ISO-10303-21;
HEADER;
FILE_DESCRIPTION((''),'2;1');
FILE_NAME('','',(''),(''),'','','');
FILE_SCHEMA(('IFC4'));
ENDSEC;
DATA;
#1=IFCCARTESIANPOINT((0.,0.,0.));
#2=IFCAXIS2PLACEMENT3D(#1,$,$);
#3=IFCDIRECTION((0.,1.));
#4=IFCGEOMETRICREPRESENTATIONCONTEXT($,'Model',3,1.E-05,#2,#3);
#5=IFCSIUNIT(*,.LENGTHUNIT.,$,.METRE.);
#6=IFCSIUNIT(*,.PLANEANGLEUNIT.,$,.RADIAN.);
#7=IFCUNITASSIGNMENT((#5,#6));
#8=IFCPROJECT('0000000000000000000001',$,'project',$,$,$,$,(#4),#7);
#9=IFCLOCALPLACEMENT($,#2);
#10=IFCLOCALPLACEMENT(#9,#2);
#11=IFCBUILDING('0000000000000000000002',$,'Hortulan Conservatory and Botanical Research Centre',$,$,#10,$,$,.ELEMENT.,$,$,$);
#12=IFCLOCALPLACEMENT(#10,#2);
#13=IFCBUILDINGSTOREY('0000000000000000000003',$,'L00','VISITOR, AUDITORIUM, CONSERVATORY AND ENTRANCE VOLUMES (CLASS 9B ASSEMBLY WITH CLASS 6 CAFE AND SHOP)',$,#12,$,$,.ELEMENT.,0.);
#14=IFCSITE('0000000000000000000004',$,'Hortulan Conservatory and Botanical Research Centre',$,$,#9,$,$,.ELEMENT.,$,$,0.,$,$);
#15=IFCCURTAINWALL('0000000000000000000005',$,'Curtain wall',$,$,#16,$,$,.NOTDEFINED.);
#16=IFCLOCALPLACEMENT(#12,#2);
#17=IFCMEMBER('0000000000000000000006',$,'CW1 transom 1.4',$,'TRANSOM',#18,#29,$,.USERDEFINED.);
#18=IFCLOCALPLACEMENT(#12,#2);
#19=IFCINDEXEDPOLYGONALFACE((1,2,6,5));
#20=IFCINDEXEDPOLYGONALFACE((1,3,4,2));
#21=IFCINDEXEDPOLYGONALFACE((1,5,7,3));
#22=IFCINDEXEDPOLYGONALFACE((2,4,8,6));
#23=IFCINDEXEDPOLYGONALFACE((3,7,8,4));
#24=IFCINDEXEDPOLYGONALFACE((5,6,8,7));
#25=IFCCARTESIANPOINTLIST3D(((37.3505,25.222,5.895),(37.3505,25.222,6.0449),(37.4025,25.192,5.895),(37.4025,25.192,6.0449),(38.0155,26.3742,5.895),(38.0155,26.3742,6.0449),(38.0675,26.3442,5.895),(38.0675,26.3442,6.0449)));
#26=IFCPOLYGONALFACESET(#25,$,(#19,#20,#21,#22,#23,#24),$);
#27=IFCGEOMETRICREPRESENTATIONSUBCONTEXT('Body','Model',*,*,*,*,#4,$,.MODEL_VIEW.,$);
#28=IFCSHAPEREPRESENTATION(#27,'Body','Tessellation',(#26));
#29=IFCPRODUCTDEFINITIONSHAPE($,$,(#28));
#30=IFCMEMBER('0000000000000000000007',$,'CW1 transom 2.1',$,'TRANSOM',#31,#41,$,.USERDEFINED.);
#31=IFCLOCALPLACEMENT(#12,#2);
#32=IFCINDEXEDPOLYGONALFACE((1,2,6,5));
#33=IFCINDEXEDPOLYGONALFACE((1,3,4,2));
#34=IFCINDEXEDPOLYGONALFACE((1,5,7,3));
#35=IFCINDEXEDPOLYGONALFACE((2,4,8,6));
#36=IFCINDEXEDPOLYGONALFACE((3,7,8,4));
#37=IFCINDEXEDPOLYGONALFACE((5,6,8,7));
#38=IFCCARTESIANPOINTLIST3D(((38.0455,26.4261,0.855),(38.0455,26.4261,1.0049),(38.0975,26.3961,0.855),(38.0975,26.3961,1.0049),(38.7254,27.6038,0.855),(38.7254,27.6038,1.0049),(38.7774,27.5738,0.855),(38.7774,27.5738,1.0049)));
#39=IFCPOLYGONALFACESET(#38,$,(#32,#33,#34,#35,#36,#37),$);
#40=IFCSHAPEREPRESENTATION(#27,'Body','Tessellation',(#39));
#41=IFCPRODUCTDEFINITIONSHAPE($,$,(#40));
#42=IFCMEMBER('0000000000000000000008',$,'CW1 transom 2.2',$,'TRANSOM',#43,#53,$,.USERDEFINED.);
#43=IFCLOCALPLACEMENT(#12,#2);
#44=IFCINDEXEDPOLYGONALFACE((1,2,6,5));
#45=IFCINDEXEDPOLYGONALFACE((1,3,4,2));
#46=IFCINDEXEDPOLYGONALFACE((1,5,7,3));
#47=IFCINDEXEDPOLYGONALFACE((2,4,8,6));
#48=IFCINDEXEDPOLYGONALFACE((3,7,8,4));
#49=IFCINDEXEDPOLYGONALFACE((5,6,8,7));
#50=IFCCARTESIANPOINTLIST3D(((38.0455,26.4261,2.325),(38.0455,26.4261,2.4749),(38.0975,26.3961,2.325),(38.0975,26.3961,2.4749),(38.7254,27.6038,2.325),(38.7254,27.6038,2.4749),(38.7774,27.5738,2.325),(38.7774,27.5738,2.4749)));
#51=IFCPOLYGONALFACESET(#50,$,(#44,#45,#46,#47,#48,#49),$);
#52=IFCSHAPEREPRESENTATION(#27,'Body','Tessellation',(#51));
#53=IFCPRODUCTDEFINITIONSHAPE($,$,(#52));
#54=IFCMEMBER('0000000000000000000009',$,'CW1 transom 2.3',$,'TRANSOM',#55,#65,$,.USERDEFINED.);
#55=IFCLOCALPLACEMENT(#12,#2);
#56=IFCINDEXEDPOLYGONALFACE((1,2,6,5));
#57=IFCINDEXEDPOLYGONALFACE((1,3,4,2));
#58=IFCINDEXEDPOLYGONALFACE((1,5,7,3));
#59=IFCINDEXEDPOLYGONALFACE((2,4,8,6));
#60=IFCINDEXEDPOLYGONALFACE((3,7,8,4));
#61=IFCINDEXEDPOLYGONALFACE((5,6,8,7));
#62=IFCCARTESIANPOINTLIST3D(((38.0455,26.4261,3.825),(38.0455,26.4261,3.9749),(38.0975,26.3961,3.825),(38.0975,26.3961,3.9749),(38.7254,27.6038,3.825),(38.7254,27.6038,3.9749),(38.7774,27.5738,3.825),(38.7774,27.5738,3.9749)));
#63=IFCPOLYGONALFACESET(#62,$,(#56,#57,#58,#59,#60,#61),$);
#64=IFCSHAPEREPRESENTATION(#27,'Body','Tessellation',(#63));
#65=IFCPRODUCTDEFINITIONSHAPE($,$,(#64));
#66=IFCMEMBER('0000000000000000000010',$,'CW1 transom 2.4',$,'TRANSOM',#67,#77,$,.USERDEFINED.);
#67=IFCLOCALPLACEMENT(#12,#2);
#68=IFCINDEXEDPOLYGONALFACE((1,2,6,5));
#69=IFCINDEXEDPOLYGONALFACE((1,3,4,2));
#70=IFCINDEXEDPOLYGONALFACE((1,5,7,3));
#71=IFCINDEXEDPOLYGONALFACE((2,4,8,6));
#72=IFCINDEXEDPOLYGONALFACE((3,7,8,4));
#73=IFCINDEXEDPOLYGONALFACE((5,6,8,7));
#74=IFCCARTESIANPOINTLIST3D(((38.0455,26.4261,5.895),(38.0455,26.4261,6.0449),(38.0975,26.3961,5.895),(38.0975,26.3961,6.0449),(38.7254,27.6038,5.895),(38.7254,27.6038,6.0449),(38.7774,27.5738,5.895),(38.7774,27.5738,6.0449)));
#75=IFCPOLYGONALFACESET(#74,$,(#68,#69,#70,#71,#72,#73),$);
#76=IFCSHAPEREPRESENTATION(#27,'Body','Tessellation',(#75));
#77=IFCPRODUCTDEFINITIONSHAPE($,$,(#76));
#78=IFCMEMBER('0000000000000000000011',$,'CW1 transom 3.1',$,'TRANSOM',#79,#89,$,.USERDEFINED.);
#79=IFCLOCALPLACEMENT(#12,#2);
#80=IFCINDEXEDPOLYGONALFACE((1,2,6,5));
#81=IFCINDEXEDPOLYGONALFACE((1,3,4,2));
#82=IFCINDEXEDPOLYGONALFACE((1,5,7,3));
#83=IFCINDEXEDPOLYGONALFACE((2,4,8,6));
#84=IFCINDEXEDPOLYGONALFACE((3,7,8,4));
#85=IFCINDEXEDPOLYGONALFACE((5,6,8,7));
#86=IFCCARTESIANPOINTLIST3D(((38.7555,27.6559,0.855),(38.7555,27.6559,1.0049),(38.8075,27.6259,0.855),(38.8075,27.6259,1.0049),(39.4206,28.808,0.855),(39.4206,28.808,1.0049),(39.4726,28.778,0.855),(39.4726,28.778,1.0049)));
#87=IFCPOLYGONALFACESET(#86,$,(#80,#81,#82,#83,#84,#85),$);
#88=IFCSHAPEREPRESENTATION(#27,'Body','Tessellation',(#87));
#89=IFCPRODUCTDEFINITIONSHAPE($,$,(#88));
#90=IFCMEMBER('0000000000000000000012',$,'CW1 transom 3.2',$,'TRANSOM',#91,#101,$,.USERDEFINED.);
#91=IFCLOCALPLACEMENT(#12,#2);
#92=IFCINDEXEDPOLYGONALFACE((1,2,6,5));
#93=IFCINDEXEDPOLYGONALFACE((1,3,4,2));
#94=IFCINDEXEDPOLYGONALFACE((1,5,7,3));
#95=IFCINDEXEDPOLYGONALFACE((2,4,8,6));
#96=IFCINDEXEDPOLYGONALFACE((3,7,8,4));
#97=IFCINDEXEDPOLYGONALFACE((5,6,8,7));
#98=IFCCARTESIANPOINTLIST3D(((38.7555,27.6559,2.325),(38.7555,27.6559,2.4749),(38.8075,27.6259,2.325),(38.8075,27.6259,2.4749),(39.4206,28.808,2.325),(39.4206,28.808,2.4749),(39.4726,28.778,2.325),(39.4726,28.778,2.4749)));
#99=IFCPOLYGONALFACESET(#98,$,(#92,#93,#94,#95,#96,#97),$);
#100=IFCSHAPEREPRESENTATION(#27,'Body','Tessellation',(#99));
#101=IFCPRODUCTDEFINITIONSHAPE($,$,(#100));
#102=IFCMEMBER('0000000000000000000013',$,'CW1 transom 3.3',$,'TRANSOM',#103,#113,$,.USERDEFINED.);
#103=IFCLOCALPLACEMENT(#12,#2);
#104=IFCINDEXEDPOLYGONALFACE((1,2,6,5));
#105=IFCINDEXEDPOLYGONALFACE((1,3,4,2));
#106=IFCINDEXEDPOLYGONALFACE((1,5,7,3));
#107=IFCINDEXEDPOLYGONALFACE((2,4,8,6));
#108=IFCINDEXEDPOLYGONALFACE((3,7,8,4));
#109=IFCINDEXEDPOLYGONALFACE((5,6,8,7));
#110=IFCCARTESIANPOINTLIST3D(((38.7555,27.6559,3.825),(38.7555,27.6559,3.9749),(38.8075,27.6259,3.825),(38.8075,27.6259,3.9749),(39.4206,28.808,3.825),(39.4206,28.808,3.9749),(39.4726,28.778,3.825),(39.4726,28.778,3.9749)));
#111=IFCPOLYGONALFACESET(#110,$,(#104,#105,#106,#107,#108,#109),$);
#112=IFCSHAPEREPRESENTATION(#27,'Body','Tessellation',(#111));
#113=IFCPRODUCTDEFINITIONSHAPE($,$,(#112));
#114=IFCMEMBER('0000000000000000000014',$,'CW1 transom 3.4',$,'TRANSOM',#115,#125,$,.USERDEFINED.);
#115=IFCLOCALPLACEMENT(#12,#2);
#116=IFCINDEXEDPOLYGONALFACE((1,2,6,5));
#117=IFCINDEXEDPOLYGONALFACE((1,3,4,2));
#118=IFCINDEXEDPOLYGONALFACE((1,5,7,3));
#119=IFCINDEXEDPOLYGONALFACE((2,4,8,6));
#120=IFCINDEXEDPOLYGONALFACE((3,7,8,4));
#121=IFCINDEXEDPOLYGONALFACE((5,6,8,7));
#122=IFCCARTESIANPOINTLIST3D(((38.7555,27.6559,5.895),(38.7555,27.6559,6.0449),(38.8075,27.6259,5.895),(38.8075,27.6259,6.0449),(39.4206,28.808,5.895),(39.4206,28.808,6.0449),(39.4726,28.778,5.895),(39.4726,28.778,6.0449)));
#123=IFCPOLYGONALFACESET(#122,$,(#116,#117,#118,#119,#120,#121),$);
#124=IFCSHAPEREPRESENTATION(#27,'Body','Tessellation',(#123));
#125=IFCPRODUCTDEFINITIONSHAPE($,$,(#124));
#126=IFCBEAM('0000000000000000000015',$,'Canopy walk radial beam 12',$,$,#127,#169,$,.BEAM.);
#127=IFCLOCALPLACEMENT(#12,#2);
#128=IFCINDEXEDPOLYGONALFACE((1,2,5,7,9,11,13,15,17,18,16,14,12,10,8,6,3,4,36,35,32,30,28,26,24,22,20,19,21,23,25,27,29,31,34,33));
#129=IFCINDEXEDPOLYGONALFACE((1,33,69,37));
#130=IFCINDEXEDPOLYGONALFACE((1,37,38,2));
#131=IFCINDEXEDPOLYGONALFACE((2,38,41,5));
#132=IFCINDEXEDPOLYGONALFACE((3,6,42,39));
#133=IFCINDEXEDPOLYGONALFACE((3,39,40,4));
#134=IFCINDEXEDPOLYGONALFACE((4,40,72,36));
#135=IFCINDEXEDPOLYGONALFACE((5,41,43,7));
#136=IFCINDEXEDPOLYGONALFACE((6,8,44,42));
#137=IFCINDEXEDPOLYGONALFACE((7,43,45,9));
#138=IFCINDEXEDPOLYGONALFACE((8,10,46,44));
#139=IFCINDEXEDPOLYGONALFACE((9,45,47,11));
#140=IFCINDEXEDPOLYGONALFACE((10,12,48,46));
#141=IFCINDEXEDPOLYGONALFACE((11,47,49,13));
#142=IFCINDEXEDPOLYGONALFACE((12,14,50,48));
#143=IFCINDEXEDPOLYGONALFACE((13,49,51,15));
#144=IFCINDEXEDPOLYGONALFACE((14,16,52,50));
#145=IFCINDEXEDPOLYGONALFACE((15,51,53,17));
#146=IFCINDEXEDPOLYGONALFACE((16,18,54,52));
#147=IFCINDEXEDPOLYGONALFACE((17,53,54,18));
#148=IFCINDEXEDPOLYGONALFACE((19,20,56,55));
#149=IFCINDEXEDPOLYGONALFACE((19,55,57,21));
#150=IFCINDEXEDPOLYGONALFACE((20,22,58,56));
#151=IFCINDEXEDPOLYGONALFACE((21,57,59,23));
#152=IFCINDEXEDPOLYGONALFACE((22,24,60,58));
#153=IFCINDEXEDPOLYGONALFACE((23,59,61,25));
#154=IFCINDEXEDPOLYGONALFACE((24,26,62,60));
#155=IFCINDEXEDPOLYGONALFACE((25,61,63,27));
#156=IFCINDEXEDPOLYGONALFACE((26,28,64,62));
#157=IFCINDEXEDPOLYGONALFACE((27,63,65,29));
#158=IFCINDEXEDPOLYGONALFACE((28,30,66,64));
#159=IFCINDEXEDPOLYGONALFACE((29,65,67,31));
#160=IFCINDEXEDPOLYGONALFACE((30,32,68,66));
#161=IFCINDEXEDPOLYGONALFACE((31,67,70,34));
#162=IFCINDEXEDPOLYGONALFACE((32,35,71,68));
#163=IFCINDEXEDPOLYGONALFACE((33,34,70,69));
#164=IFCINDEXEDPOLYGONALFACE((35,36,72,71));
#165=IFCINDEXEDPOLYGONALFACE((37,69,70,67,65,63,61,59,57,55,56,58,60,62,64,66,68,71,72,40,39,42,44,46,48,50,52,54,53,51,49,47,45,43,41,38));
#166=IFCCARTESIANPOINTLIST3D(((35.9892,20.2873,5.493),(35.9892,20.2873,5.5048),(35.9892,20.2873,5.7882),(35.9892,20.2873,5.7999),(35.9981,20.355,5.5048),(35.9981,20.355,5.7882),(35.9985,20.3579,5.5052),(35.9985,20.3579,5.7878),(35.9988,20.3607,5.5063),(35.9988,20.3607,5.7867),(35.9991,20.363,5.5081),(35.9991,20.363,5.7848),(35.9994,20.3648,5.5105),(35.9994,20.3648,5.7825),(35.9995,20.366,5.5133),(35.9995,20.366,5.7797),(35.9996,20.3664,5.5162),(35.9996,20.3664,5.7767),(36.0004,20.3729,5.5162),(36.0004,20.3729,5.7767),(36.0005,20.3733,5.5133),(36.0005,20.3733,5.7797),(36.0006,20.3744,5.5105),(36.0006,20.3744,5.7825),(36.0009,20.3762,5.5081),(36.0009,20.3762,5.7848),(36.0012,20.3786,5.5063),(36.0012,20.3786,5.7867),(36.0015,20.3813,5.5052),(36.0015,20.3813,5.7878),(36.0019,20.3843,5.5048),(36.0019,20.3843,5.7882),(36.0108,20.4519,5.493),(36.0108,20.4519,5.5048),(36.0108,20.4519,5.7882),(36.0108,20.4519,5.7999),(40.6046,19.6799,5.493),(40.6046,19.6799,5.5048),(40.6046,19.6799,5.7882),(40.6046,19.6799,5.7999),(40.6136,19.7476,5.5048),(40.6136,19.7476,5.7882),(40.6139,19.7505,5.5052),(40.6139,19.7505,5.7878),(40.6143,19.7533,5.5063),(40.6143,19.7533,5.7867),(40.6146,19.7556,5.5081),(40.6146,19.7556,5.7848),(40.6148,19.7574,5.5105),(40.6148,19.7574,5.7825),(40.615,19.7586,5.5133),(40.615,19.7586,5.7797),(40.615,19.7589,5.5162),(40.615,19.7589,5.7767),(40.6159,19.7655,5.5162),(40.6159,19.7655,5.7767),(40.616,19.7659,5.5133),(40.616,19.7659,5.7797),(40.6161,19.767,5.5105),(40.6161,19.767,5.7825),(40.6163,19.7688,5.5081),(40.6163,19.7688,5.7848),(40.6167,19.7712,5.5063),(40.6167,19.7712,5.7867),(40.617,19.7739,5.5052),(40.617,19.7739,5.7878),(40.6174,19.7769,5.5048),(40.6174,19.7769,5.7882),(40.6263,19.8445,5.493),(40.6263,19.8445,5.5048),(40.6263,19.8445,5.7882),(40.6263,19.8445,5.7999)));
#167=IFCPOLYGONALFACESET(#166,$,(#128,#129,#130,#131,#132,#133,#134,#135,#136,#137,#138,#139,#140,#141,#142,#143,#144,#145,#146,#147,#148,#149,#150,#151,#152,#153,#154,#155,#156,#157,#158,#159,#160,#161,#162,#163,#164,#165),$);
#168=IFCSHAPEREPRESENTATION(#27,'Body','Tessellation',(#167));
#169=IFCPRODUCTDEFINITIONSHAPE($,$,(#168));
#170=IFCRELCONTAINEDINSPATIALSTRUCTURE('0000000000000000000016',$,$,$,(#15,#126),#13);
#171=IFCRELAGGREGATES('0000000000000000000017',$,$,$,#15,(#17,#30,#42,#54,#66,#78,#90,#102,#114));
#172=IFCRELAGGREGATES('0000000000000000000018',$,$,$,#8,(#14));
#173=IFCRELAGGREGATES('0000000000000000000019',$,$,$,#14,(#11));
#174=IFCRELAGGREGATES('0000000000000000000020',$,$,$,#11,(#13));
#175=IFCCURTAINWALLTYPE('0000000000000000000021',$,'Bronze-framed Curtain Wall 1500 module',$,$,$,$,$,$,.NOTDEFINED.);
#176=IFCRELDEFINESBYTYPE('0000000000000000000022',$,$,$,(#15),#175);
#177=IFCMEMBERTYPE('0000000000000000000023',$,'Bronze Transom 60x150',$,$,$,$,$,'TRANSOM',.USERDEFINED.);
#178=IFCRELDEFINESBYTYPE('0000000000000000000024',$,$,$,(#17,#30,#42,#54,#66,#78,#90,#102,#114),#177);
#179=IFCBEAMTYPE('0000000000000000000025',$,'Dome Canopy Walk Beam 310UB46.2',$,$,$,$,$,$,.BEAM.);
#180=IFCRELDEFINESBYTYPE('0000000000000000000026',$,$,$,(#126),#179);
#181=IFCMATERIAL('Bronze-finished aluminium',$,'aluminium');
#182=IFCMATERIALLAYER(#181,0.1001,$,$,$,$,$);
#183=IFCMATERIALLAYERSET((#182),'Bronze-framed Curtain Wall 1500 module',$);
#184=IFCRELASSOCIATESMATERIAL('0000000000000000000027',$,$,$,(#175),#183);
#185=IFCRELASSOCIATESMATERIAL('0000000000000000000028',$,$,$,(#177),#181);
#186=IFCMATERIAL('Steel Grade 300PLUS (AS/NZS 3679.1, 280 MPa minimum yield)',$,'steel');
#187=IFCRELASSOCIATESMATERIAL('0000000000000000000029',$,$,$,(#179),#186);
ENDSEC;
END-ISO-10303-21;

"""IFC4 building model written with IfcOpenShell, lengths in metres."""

from ifc_helpers import new_model, si_unit, direction, frame, origin, origin_2d, place, context, subcontext, project, spatial, rectangle, i_section, extrude, material, layer, layer_set, material_profile, profile_set, type_object, element, aggregate, save


model = new_model("IFC4")

# Units and contexts
model_context = context("Model", 3, precision=1e-05, world=origin(), true_north=direction((0.0, 1.0)))
body_context = subcontext(model_context, "Body", "Model", "MODEL_VIEW")
ifc_project = project(units=[si_unit("LENGTHUNIT", "METRE"), si_unit("PLANEANGLEUNIT", "RADIAN")], contexts=[model_context])

# Site, building, storey
site_placement = place(None, origin())
site = spatial("IfcSite", under=ifc_project, at=site_placement, Name="Hortulan Conservatory and Botanical Research Centre", CompositionType="ELEMENT", RefElevation=0.0)
building_placement = place(site_placement, origin())
building = spatial("IfcBuilding", under=site, at=building_placement, Name="Hortulan Conservatory and Botanical Research Centre", CompositionType="ELEMENT")
storey_placement = place(building_placement, origin())
storey = spatial("IfcBuildingStorey", under=building, at=storey_placement, Name="L00", Description="VISITOR, AUDITORIUM, CONSERVATORY AND ENTRANCE VOLUMES (CLASS 9B ASSEMBLY WITH CLASS 6 CAFE AND SHOP)", CompositionType="ELEMENT", Elevation=0.0)

# Curtain wall, members
ifc_material_1 = material(Name="Bronze-finished aluminium", Category="aluminium")
ifc_layer_1 = layer(ifc_material_1, 0.1001)
ifc_layer_set_1 = layer_set([ifc_layer_1], Name="Bronze-framed Curtain Wall 1500 module")
curtain_wall_type = type_object("IfcCurtainWallType", Name="Bronze-framed Curtain Wall 1500 module", PredefinedType="NOTDEFINED", material=ifc_layer_set_1)
curtain_wall_placement = place(storey_placement, origin())
curtain_wall = element("IfcCurtainWall", 1, at=curtain_wall_placement, inside=storey, type_object=curtain_wall_type, Name="Curtain wall", PredefinedType="NOTDEFINED")
ifc_material_profile_1 = material_profile(ifc_material_1, rectangle(XDim=0.0601, YDim=0.1499, at=origin_2d()), Name="Bronze Transom 60x150")
ifc_profile_set_1 = profile_set([ifc_material_profile_1], Name="Bronze-finished aluminium")
member_type_1 = type_object("IfcMemberType", Name="Bronze Transom 60x150", ElementType="TRANSOM", PredefinedType="USERDEFINED", material=ifc_profile_set_1)
member_1_placement = place(storey_placement, frame((37.3765, 25.207, 5.97), z_axis=(0.499929, 0.866066, 0.0), x_axis=(-0.866066, 0.499929, 0.0)))
member_1 = element("IfcMember", 2, at=member_1_placement, type_object=member_type_1, Name="CW1 transom 1.4", ObjectType="TRANSOM", PredefinedType="USERDEFINED", context=body_context, shape_type="SweptSolid", body=[
    extrude(rectangle(XDim=0.0601, YDim=0.1499, at=origin_2d()), origin(), (0.0, 0.0, 1.0), 1.3303),
])
member_2_placement = place(storey_placement, frame((38.0715, 26.4111, 0.9299), z_axis=(0.499981, 0.866036, 0.0), x_axis=(-0.866036, 0.499981, 0.0)))
member_2 = element("IfcMember", 3, at=member_2_placement, type_object=member_type_1, Name="CW1 transom 2.1", ObjectType="TRANSOM", PredefinedType="USERDEFINED", context=body_context, shape_type="SweptSolid", body=[
    extrude(rectangle(XDim=0.0601, YDim=0.1499, at=origin_2d()), origin(), (0.0, 0.0, 1.0), 1.3599),
])
member_3_placement = place(storey_placement, frame((38.0715, 26.4111, 2.3999), z_axis=(0.499981, 0.866036, 0.0), x_axis=(-0.866036, 0.499981, 0.0)))
member_3 = element("IfcMember", 4, at=member_3_placement, type_object=member_type_1, Name="CW1 transom 2.2", ObjectType="TRANSOM", PredefinedType="USERDEFINED", context=body_context, shape_type="SweptSolid", body=[
    extrude(rectangle(XDim=0.0601, YDim=0.1499, at=origin_2d()), origin(), (0.0, 0.0, 1.0), 1.3599),
])
member_4_placement = place(storey_placement, frame((38.0715, 26.4111, 3.8999), z_axis=(0.499981, 0.866036, 0.0), x_axis=(-0.866036, 0.499981, 0.0)))
member_4 = element("IfcMember", 5, at=member_4_placement, type_object=member_type_1, Name="CW1 transom 2.3", ObjectType="TRANSOM", PredefinedType="USERDEFINED", context=body_context, shape_type="SweptSolid", body=[
    extrude(rectangle(XDim=0.0601, YDim=0.1499, at=origin_2d()), origin(), (0.0, 0.0, 1.0), 1.3599),
])
member_5_placement = place(storey_placement, frame((38.0715, 26.4111, 5.97), z_axis=(0.499981, 0.866036, 0.0), x_axis=(-0.866036, 0.499981, 0.0)))
member_5 = element("IfcMember", 6, at=member_5_placement, type_object=member_type_1, Name="CW1 transom 2.4", ObjectType="TRANSOM", PredefinedType="USERDEFINED", context=body_context, shape_type="SweptSolid", body=[
    extrude(rectangle(XDim=0.0601, YDim=0.1499, at=origin_2d()), origin(), (0.0, 0.0, 1.0), 1.3599),
])
member_6_placement = place(storey_placement, frame((38.7815, 27.6409, 0.9299), z_axis=(0.499929, 0.866066, 0.0), x_axis=(-0.866066, 0.499929, 0.0)))
member_6 = element("IfcMember", 7, at=member_6_placement, type_object=member_type_1, Name="CW1 transom 3.1", ObjectType="TRANSOM", PredefinedType="USERDEFINED", context=body_context, shape_type="SweptSolid", body=[
    extrude(rectangle(XDim=0.0601, YDim=0.1499, at=origin_2d()), origin(), (0.0, 0.0, 1.0), 1.3303),
])
member_7_placement = place(storey_placement, frame((38.7815, 27.6409, 2.3999), z_axis=(0.499929, 0.866066, 0.0), x_axis=(-0.866066, 0.499929, 0.0)))
member_7 = element("IfcMember", 8, at=member_7_placement, type_object=member_type_1, Name="CW1 transom 3.2", ObjectType="TRANSOM", PredefinedType="USERDEFINED", context=body_context, shape_type="SweptSolid", body=[
    extrude(rectangle(XDim=0.0601, YDim=0.1499, at=origin_2d()), origin(), (0.0, 0.0, 1.0), 1.3303),
])
member_8_placement = place(storey_placement, frame((38.7815, 27.6409, 3.8999), z_axis=(0.499929, 0.866066, 0.0), x_axis=(-0.866066, 0.499929, 0.0)))
member_8 = element("IfcMember", 9, at=member_8_placement, type_object=member_type_1, Name="CW1 transom 3.3", ObjectType="TRANSOM", PredefinedType="USERDEFINED", context=body_context, shape_type="SweptSolid", body=[
    extrude(rectangle(XDim=0.0601, YDim=0.1499, at=origin_2d()), origin(), (0.0, 0.0, 1.0), 1.3303),
])
member_9_placement = place(storey_placement, frame((38.7815, 27.6409, 5.97), z_axis=(0.499929, 0.866066, 0.0), x_axis=(-0.866066, 0.499929, 0.0)))
member_9 = element("IfcMember", 10, at=member_9_placement, type_object=member_type_1, Name="CW1 transom 3.4", ObjectType="TRANSOM", PredefinedType="USERDEFINED", context=body_context, shape_type="SweptSolid", body=[
    extrude(rectangle(XDim=0.0601, YDim=0.1499, at=origin_2d()), origin(), (0.0, 0.0, 1.0), 1.3303),
])

# Beam
ifc_material_2 = material(Name="Steel Grade 300PLUS (AS/NZS 3679.1, 280 MPa minimum yield)", Category="steel")
ifc_material_profile_2 = material_profile(ifc_material_2, i_section(OverallWidth=0.166, OverallDepth=0.3069, WebThickness=0.0066, FlangeThickness=0.0117, FilletRadius=0.0115, at=origin_2d()), Name="310UB46.2")
ifc_profile_set_2 = profile_set([ifc_material_profile_2], Name="Steel Grade 300PLUS (AS/NZS 3679.1, 280 MPa minimum yield)")
beam_type = type_object("IfcBeamType", Name="Dome Canopy Walk Beam 310UB46.2", PredefinedType="BEAM", material=ifc_profile_set_2)
beam_1_placement = place(storey_placement, frame((40.6155, 19.7622, 5.6465), z_axis=(-0.991451, 0.13048, 0.0), x_axis=(-0.13048, -0.991451, 0.0)))
element("IfcBeam", 11, at=beam_1_placement, inside=storey, type_object=beam_type, Name="Canopy walk radial beam 12", PredefinedType="BEAM", context=body_context, shape_type="SweptSolid", body=[
    extrude(i_section(OverallWidth=0.166, OverallDepth=0.3069, WebThickness=0.0066, FlangeThickness=0.0117, FilletRadius=0.0115, at=origin_2d()), origin(), (0.0, 0.0, 1.0), 4.6553),
])

aggregate(curtain_wall, [member_1, member_2, member_3, member_4, member_5, member_6, member_7, member_8, member_9])

save(model, "model.ifc")
